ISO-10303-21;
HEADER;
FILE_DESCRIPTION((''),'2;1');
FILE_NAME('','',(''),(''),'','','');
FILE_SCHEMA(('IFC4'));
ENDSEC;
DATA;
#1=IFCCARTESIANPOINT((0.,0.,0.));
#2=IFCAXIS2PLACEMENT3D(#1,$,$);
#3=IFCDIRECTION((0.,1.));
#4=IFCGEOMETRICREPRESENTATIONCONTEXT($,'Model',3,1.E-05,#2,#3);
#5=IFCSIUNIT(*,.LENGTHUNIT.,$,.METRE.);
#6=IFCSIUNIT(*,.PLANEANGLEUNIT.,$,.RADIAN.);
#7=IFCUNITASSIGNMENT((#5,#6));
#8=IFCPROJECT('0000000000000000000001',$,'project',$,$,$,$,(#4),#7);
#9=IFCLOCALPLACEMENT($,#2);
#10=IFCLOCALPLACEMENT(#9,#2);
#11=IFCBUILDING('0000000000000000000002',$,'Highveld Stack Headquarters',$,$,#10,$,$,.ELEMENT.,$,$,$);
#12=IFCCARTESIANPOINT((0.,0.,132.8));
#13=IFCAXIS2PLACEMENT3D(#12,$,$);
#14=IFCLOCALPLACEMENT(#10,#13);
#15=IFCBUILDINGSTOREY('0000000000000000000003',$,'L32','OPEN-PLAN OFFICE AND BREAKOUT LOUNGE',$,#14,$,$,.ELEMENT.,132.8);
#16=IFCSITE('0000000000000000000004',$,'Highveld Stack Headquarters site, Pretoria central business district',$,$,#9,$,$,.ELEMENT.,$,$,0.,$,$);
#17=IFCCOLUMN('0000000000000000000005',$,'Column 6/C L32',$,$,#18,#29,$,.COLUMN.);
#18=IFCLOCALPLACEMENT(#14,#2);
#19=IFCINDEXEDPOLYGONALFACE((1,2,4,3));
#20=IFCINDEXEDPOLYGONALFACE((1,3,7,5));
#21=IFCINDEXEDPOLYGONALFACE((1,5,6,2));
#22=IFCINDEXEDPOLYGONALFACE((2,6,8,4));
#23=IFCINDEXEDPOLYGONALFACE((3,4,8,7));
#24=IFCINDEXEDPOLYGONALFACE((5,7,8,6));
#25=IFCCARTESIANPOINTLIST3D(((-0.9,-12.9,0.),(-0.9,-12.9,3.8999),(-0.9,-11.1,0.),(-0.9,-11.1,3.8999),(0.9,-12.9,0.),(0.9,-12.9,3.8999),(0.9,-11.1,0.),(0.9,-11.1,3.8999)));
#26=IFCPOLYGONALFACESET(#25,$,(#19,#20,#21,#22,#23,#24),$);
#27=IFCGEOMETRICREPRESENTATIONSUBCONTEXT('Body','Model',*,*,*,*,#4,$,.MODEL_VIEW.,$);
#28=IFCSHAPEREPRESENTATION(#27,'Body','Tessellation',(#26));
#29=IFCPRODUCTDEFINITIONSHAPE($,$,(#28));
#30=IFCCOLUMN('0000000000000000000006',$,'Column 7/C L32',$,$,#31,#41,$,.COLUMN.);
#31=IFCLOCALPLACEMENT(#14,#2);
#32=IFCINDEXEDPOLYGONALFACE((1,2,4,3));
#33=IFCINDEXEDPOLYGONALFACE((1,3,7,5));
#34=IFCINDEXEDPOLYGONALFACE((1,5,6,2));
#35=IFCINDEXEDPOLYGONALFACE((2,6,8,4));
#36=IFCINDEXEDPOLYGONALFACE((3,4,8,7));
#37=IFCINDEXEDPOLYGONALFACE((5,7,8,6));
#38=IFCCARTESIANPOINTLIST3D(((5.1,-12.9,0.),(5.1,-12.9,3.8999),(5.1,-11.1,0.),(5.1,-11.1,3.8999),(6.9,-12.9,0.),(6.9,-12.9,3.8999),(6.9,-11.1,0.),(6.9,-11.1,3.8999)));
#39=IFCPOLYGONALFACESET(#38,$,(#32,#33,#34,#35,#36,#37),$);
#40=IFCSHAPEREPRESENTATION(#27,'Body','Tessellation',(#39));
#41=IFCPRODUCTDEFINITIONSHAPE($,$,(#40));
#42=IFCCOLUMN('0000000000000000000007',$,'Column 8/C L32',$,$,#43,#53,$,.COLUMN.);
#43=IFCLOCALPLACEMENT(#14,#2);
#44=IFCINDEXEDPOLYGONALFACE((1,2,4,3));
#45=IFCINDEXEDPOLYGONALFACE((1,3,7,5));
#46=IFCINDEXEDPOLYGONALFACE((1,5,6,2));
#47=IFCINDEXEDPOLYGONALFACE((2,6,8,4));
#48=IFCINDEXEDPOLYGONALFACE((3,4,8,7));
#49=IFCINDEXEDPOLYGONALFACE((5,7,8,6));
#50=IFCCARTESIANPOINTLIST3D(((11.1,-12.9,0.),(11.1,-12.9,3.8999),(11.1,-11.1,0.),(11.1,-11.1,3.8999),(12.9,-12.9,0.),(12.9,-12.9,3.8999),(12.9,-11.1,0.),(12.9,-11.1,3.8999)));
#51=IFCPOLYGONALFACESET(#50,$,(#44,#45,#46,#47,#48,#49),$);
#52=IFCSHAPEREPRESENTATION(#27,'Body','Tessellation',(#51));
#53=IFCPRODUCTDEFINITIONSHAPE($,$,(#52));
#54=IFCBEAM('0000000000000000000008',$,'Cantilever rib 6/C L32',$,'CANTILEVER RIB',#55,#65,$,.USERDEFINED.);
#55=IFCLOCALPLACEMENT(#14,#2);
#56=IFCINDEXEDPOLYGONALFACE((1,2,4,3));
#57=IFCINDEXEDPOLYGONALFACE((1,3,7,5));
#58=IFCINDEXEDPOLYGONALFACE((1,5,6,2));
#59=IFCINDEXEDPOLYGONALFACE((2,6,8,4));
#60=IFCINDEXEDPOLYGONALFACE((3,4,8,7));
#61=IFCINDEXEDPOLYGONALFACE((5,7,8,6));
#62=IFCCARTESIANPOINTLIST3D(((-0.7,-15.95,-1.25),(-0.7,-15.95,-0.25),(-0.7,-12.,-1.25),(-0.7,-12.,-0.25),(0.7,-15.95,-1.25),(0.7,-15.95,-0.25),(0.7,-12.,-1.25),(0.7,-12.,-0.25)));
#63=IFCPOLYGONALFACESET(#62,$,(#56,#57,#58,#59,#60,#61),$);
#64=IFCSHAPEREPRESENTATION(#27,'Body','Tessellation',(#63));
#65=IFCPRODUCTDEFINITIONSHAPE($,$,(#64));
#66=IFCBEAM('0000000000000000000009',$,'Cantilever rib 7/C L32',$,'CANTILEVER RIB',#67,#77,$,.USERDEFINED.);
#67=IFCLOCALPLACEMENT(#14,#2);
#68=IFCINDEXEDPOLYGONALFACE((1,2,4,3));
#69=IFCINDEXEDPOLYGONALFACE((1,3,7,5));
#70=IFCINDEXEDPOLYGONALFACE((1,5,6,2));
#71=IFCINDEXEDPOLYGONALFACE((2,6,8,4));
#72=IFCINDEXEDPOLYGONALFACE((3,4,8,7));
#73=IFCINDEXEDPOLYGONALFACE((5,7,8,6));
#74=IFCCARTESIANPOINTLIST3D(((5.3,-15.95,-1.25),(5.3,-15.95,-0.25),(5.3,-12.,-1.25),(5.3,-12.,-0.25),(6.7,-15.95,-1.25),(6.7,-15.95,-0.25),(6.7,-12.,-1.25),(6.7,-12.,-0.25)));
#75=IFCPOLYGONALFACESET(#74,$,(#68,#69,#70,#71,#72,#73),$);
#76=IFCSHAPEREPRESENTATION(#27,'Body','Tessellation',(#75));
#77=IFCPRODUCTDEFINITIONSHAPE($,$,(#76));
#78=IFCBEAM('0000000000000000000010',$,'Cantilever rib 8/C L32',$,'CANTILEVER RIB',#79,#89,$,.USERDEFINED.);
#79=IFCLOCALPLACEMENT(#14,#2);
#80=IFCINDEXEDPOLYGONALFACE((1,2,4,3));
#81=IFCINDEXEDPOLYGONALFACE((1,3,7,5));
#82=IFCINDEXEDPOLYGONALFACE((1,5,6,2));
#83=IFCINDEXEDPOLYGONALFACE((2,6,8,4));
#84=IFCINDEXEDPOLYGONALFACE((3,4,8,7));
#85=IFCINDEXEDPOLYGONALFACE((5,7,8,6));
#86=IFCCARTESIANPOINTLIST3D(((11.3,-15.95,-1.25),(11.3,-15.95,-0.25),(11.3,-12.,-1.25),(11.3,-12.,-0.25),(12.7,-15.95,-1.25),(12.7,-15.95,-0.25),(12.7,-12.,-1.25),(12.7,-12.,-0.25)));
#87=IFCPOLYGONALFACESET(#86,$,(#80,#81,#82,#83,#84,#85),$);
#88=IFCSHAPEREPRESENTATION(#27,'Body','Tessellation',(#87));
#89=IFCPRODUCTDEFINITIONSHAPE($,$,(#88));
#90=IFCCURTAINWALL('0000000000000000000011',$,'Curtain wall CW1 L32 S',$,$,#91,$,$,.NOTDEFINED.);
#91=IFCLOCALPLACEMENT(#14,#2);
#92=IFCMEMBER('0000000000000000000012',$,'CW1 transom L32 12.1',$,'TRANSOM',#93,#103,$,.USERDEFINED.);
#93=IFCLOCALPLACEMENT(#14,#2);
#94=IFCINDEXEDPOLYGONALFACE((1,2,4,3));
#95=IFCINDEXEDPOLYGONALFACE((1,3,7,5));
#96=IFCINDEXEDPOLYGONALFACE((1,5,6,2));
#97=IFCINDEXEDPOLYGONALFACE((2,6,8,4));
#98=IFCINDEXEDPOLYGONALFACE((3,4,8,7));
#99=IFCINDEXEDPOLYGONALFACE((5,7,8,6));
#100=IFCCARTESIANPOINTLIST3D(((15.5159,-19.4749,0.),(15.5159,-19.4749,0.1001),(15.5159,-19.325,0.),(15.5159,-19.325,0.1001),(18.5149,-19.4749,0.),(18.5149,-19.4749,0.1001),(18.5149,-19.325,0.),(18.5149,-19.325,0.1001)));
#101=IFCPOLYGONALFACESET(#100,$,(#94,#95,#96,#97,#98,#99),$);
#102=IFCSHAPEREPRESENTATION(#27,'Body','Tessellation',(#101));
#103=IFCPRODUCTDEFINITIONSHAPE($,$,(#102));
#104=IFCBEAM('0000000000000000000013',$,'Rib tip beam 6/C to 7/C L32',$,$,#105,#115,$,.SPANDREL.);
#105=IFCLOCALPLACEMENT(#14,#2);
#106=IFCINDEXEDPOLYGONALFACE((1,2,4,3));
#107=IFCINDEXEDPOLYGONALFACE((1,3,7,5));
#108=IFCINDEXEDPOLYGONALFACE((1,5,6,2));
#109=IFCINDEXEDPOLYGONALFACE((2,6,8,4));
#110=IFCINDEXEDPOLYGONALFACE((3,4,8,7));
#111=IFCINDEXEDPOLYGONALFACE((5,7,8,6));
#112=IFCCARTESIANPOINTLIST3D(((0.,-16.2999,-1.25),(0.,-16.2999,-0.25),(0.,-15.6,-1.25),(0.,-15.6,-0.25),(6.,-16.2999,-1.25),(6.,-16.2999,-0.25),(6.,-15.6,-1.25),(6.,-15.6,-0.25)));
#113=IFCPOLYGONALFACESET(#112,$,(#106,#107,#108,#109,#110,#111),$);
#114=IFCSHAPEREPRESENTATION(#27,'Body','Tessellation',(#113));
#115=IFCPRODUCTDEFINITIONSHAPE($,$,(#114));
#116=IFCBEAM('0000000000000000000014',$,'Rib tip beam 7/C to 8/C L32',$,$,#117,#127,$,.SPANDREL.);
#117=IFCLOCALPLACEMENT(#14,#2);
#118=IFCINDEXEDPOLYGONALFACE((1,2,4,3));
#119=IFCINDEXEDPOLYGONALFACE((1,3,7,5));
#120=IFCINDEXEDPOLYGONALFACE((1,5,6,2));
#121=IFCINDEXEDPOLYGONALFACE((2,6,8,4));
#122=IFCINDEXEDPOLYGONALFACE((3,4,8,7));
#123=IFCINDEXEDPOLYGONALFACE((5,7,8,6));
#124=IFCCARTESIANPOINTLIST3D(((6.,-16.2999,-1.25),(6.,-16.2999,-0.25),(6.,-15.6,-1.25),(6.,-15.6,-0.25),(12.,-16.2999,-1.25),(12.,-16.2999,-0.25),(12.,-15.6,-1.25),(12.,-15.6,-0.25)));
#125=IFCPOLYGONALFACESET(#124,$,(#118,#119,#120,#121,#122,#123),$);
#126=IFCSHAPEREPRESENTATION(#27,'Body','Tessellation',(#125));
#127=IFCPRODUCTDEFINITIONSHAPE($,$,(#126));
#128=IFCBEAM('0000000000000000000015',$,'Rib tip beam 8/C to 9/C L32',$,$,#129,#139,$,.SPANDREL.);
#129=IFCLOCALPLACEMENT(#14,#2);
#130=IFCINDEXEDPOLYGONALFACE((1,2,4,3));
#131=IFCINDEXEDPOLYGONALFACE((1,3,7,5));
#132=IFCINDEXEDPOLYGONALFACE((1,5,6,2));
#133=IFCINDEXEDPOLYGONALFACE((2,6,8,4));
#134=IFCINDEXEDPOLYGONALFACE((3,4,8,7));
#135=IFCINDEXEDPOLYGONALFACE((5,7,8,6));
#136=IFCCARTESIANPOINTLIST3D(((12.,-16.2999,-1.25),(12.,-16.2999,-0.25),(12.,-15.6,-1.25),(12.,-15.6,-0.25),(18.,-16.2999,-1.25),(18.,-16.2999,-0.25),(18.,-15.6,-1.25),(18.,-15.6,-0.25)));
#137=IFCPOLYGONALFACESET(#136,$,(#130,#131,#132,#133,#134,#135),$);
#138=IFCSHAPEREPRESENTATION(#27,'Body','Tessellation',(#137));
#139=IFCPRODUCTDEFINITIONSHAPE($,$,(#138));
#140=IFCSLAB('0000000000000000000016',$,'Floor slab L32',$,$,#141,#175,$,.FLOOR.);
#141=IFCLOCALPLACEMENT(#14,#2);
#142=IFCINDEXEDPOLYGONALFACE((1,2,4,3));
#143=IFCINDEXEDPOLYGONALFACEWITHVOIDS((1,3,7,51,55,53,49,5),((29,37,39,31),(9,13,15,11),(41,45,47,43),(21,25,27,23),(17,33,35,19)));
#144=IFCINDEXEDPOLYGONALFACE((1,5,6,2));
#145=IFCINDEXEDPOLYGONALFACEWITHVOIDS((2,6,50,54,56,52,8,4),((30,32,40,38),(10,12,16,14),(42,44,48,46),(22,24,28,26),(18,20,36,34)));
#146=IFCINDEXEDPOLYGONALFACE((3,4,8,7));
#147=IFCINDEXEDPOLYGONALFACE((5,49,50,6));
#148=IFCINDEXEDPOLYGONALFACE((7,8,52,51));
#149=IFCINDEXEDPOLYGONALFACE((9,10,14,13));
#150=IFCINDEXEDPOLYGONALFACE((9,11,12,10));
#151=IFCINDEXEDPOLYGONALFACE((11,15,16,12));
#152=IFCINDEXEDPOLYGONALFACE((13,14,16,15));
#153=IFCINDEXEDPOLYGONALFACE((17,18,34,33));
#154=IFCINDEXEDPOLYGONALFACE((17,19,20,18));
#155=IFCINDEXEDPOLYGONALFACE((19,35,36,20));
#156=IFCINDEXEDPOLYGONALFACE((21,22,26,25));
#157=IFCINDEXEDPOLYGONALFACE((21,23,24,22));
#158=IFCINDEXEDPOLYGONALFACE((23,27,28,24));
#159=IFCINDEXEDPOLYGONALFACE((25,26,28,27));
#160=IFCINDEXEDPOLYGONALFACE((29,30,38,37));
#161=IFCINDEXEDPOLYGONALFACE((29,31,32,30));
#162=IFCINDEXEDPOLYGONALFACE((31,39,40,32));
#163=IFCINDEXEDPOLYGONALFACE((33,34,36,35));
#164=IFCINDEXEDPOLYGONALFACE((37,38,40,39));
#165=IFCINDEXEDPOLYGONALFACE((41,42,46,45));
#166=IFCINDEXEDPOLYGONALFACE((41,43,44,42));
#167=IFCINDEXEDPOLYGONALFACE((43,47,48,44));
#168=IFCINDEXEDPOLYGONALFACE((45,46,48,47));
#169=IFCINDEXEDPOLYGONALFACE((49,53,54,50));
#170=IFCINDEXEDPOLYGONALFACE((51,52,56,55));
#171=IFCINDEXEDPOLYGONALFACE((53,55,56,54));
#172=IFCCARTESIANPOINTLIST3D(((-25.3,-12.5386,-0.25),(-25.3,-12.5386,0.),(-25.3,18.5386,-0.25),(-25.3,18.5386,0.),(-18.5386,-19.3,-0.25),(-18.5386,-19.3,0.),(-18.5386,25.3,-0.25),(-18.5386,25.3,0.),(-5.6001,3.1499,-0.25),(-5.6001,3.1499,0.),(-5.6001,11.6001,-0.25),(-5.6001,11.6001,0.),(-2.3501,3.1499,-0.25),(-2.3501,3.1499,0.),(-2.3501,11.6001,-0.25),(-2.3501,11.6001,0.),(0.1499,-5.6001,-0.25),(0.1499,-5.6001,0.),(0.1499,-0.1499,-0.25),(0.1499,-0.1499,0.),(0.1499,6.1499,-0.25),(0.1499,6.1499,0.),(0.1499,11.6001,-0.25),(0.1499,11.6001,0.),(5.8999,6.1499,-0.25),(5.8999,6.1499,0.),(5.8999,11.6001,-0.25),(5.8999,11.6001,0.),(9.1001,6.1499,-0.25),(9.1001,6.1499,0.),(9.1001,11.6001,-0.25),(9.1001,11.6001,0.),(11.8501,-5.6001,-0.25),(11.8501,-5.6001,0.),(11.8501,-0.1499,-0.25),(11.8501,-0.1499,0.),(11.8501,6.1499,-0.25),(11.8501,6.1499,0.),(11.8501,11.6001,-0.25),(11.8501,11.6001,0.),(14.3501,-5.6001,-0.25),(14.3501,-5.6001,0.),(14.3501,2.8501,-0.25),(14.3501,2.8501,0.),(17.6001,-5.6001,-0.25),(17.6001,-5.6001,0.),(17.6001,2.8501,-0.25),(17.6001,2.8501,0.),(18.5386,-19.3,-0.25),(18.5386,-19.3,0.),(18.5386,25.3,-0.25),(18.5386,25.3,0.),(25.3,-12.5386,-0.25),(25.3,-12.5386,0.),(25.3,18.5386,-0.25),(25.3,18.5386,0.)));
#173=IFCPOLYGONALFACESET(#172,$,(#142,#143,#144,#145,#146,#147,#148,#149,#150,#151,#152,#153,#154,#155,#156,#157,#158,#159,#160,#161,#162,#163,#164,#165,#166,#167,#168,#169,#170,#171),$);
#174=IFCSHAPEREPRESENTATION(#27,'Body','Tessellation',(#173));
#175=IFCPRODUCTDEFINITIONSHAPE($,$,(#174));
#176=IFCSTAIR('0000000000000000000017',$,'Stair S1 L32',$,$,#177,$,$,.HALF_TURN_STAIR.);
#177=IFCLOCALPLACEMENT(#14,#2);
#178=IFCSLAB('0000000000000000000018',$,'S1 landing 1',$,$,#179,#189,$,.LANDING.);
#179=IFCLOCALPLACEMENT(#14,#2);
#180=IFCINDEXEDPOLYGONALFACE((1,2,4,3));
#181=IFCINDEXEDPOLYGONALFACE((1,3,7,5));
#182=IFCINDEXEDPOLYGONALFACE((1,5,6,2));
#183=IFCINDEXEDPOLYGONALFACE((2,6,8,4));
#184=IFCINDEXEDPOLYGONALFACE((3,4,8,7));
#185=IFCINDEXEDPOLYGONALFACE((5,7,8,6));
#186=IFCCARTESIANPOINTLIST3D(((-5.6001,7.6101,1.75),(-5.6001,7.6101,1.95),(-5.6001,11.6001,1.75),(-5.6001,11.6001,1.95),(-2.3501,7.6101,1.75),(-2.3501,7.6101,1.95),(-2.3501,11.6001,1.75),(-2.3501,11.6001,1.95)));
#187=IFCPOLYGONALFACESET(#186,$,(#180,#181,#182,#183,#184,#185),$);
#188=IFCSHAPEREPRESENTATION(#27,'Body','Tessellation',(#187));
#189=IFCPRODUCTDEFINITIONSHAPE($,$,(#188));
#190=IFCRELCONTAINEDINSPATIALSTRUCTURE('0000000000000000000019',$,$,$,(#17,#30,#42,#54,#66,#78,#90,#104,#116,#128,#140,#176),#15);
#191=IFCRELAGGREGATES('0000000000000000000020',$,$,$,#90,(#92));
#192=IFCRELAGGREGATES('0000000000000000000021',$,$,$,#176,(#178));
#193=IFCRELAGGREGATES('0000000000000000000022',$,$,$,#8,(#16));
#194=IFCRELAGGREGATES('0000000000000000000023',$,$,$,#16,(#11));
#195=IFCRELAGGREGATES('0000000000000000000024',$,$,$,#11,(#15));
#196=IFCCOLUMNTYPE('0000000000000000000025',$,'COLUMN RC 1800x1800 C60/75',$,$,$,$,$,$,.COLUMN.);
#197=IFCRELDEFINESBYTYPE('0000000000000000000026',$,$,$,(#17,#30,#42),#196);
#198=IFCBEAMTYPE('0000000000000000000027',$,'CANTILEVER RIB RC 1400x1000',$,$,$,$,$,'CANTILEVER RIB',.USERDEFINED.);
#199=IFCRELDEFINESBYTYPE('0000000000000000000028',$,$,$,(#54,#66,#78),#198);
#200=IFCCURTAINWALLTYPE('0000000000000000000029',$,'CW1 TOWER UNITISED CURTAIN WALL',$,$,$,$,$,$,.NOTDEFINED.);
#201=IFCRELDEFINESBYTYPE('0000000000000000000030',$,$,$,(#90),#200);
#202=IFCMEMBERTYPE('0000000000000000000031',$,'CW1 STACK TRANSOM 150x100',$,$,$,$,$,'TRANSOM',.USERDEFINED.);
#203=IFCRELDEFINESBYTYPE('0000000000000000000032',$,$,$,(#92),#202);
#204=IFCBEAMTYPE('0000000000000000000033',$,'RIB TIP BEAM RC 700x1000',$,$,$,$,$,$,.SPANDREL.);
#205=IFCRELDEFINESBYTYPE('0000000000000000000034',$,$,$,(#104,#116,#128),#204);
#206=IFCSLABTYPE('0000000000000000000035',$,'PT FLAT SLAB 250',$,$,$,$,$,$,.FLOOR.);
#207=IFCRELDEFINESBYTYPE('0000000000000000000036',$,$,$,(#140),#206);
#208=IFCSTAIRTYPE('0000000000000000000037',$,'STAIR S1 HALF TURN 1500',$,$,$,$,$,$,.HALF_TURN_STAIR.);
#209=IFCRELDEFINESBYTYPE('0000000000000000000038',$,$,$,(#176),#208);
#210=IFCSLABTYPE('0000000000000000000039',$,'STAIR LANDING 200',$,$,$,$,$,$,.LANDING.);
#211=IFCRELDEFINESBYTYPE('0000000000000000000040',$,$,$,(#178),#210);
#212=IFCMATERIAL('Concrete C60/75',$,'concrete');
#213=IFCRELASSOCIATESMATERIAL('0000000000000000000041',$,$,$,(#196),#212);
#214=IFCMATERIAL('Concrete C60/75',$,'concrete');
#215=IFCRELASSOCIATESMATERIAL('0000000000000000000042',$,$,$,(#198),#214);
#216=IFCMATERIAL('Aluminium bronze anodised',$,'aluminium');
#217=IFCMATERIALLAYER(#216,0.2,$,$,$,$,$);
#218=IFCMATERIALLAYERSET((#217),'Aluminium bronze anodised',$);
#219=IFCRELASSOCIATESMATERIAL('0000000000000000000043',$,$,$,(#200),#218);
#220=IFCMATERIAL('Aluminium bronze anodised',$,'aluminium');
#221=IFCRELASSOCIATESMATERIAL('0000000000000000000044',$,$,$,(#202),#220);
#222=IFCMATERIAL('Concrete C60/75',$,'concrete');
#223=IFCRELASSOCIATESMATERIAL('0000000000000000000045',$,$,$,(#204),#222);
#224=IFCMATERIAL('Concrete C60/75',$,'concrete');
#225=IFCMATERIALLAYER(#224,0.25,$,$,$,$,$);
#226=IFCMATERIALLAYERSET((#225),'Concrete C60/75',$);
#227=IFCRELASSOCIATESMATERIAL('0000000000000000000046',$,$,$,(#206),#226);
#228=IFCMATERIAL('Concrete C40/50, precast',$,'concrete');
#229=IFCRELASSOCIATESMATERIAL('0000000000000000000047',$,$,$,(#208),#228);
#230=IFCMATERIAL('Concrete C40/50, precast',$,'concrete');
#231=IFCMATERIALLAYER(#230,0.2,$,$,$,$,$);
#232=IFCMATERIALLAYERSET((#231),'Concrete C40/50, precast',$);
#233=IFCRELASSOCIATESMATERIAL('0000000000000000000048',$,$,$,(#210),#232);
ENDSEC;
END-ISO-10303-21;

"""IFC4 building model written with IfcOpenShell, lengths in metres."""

from ifc_helpers import new_model, si_unit, direction, frame, origin, origin_2d, place, context, subcontext, project, spatial, polyline, rectangle, outline, extrude, material, layer, layer_set, material_profile, profile_set, type_object, element, aggregate, save


model = new_model("IFC4")

# Units and contexts
model_context = context("Model", 3, precision=1e-05, world=origin(), true_north=direction((0.0, 1.0)))
body_context = subcontext(model_context, "Body", "Model", "MODEL_VIEW")
ifc_project = project(units=[si_unit("LENGTHUNIT", "METRE"), si_unit("PLANEANGLEUNIT", "RADIAN")], contexts=[model_context])

# Site, building, storey
site_placement = place(None, origin())
site = spatial("IfcSite", under=ifc_project, at=site_placement, Name="Highveld Stack Headquarters site, Pretoria central business district", CompositionType="ELEMENT", RefElevation=0.0)
building_placement = place(site_placement, origin())
building = spatial("IfcBuilding", under=site, at=building_placement, Name="Highveld Stack Headquarters", CompositionType="ELEMENT")
storey_placement = place(building_placement, frame((0.0, 0.0, 132.8)))
storey = spatial("IfcBuildingStorey", under=building, at=storey_placement, Name="L32", Description="OPEN-PLAN OFFICE AND BREAKOUT LOUNGE", CompositionType="ELEMENT", Elevation=132.8)

# Columns
ifc_material_1 = material(Name="Concrete C60/75", Category="concrete")
ifc_material_profile_1 = material_profile(ifc_material_1, rectangle(XDim=1.8, YDim=1.8, at=origin_2d()), Name="RC 1800x1800")
ifc_profile_set_1 = profile_set([ifc_material_profile_1], Name="Concrete C60/75")
column_type = type_object("IfcColumnType", Name="COLUMN RC 1800x1800 C60/75", PredefinedType="COLUMN", material=ifc_profile_set_1)
for number, where, z_axis, x_axis, name in (
    (1, (0.0, -12.0, 0.0), (0.0, 0.0, 1.0), (1.0, 0.0, 0.0), "Column 6/C L32"),
    (2, (6.0, -12.0, 0.0), (0.0, 0.0, 1.0), (1.0, 0.0, 0.0), "Column 7/C L32"),
    (3, (12.0, -12.0, 0.0), (0.0, 0.0, 1.0), (1.0, 0.0, 0.0), "Column 8/C L32"),
):
    element("IfcColumn", number, at=place(storey_placement, frame(where, z_axis=z_axis, x_axis=x_axis)), inside=storey, type_object=column_type, Name=name, PredefinedType="COLUMN", context=body_context, shape_type="SweptSolid", body=[
        extrude(rectangle(XDim=1.8, YDim=1.8, at=origin_2d()), origin(), (0.0, 0.0, 1.0), 3.8999),
    ])

# Beams
ifc_material_2 = material(Name="Concrete C60/75", Category="concrete")
ifc_material_profile_2 = material_profile(ifc_material_2, rectangle(XDim=1.3999, YDim=1.0, at=origin_2d()), Name="RC 1400x1000")
ifc_profile_set_2 = profile_set([ifc_material_profile_2], Name="Concrete C60/75")
beam_type_1 = type_object("IfcBeamType", Name="CANTILEVER RIB RC 1400x1000", ElementType="CANTILEVER RIB", PredefinedType="USERDEFINED", material=ifc_profile_set_2)
for number, where, z_axis, x_axis, name in (
    (4, (0.0, -12.0, -0.75), (0.0, -1.0, 0.0), (1.0, 0.0, 0.0), "Cantilever rib 6/C L32"),
    (5, (6.0, -12.0, -0.75), (0.0, -1.0, 0.0), (1.0, 0.0, 0.0), "Cantilever rib 7/C L32"),
    (6, (12.0, -12.0, -0.75), (0.0, -1.0, 0.0), (1.0, 0.0, 0.0), "Cantilever rib 8/C L32"),
):
    element("IfcBeam", number, at=place(storey_placement, frame(where, z_axis=z_axis, x_axis=x_axis)), inside=storey, type_object=beam_type_1, Name=name, ObjectType="CANTILEVER RIB", PredefinedType="USERDEFINED", context=body_context, shape_type="SweptSolid", body=[
        extrude(rectangle(XDim=1.3999, YDim=1.0, at=origin_2d()), origin(), (0.0, 0.0, 1.0), 3.95),
    ])

# Curtain wall, member
ifc_material_3 = material(Name="Aluminium bronze anodised", Category="aluminium")
ifc_layer_1 = layer(ifc_material_3, 0.2)
ifc_layer_set_1 = layer_set([ifc_layer_1], Name="Aluminium bronze anodised")
curtain_wall_type = type_object("IfcCurtainWallType", Name="CW1 TOWER UNITISED CURTAIN WALL", PredefinedType="NOTDEFINED", material=ifc_layer_set_1)
curtain_wall_placement = place(storey_placement, origin())
curtain_wall = element("IfcCurtainWall", 7, at=curtain_wall_placement, inside=storey, type_object=curtain_wall_type, Name="Curtain wall CW1 L32 S", PredefinedType="NOTDEFINED")
ifc_material_4 = material(Name="Aluminium bronze anodised", Category="aluminium")
ifc_material_profile_3 = material_profile(ifc_material_4, rectangle(XDim=0.1499, YDim=0.1001, at=origin_2d()), Name="CW1 TRANSOM 150x100")
ifc_profile_set_3 = profile_set([ifc_material_profile_3], Name="Aluminium bronze anodised")
member_type = type_object("IfcMemberType", Name="CW1 STACK TRANSOM 150x100", ElementType="TRANSOM", PredefinedType="USERDEFINED", material=ifc_profile_set_3)
member_placement = place(storey_placement, frame((15.5159, -19.3999, 0.05), z_axis=(1.0, 0.0, 0.0), x_axis=(0.0, 1.0, 0.0)))
member = element("IfcMember", 8, at=member_placement, type_object=member_type, Name="CW1 transom L32 12.1", ObjectType="TRANSOM", PredefinedType="USERDEFINED", context=body_context, shape_type="SweptSolid", body=[
    extrude(rectangle(XDim=0.1499, YDim=0.1001, at=origin_2d()), origin(), (0.0, 0.0, 1.0), 2.999),
])
aggregate(curtain_wall, [member])

# Beams
ifc_material_5 = material(Name="Concrete C60/75", Category="concrete")
ifc_material_profile_4 = material_profile(ifc_material_5, rectangle(XDim=0.7, YDim=1.0, at=origin_2d()), Name="RC 700x1000")
ifc_profile_set_4 = profile_set([ifc_material_profile_4], Name="Concrete C60/75")
beam_type_2 = type_object("IfcBeamType", Name="RIB TIP BEAM RC 700x1000", PredefinedType="SPANDREL", material=ifc_profile_set_4)
for number, where, z_axis, x_axis, name in (
    (9, (0.0, -15.95, -0.75), (1.0, 0.0, 0.0), (0.0, 1.0, 0.0), "Rib tip beam 6/C to 7/C L32"),
    (10, (6.0, -15.95, -0.75), (1.0, 0.0, 0.0), (0.0, 1.0, 0.0), "Rib tip beam 7/C to 8/C L32"),
    (11, (12.0, -15.95, -0.75), (1.0, 0.0, 0.0), (0.0, 1.0, 0.0), "Rib tip beam 8/C to 9/C L32"),
):
    element("IfcBeam", number, at=place(storey_placement, frame(where, z_axis=z_axis, x_axis=x_axis)), inside=storey, type_object=beam_type_2, Name=name, PredefinedType="SPANDREL", context=body_context, shape_type="SweptSolid", body=[
        extrude(rectangle(XDim=0.7, YDim=1.0, at=origin_2d()), origin(), (0.0, 0.0, 1.0), 6.0),
    ])

# Slab
ifc_material_6 = material(Name="Concrete C60/75", Category="concrete")
ifc_layer_2 = layer(ifc_material_6, 0.25)
ifc_layer_set_2 = layer_set([ifc_layer_2], Name="Concrete C60/75")
slab_type_1 = type_object("IfcSlabType", Name="PT FLAT SLAB 250", PredefinedType="FLOOR", material=ifc_layer_set_2)
slab_1_placement = place(storey_placement, frame((0.0, 0.0, -0.25)))
element("IfcSlab", 12, at=slab_1_placement, inside=storey, type_object=slab_type_1, Name="Floor slab L32", PredefinedType="FLOOR", context=body_context, shape_type="SweptSolid", body=[
    extrude(outline(polyline([(-18.5386, -19.3), (18.5386, -19.3), (25.3, -12.5386), (25.3, 18.5386), (18.5386, 25.3), (-18.5386, 25.3), (-25.3, 18.5386), (-25.3, -12.5386), (-18.5386, -19.3)]), holes=[polyline([(0.1499, 6.1499), (5.8999, 6.1499), (5.8999, 11.6001), (0.1499, 11.6001), (0.1499, 6.1499)]), polyline([(9.1001, 6.1499), (11.8501, 6.1499), (11.8501, 11.6001), (9.1001, 11.6001), (9.1001, 6.1499)]), polyline([(0.1499, -5.6001), (11.8501, -5.6001), (11.8501, -0.1499), (0.1499, -0.1499), (0.1499, -5.6001)]), polyline([(-5.6001, 3.1499), (-2.3501, 3.1499), (-2.3501, 11.6001), (-5.6001, 11.6001), (-5.6001, 3.1499)]), polyline([(14.3501, -5.6001), (17.6001, -5.6001), (17.6001, 2.8501), (14.3501, 2.8501), (14.3501, -5.6001)])]), origin(), (0.0, 0.0, 1.0), 0.25),
])

# Stair, slab
ifc_material_7 = material(Name="Concrete C40/50, precast", Category="concrete")
stair_type_1 = type_object("IfcStairType", Name="STAIR S1 HALF TURN 1500", PredefinedType="HALF_TURN_STAIR", material=ifc_material_7)
stair_1_placement = place(storey_placement, origin())
stair_1 = element("IfcStair", 13, at=stair_1_placement, inside=storey, type_object=stair_type_1, Name="Stair S1 L32", PredefinedType="HALF_TURN_STAIR")
ifc_material_8 = material(Name="Concrete C40/50, precast", Category="concrete")
ifc_layer_3 = layer(ifc_material_8, 0.2)
ifc_layer_set_3 = layer_set([ifc_layer_3], Name="Concrete C40/50, precast")
slab_type_2 = type_object("IfcSlabType", Name="STAIR LANDING 200", PredefinedType="LANDING", material=ifc_layer_set_3)
slab_2_placement = place(storey_placement, frame((0.0, 0.0, 1.75)))
slab_2 = element("IfcSlab", 14, at=slab_2_placement, type_object=slab_type_2, Name="S1 landing 1", PredefinedType="LANDING", context=body_context, shape_type="SweptSolid", body=[
    extrude(outline(polyline([(-5.6001, 7.6101), (-2.3501, 7.6101), (-2.3501, 11.6001), (-5.6001, 11.6001), (-5.6001, 7.6101)])), origin(), (0.0, 0.0, 1.0), 0.2),
])
aggregate(stair_1, [slab_2])

save(model, "model.ifc")
